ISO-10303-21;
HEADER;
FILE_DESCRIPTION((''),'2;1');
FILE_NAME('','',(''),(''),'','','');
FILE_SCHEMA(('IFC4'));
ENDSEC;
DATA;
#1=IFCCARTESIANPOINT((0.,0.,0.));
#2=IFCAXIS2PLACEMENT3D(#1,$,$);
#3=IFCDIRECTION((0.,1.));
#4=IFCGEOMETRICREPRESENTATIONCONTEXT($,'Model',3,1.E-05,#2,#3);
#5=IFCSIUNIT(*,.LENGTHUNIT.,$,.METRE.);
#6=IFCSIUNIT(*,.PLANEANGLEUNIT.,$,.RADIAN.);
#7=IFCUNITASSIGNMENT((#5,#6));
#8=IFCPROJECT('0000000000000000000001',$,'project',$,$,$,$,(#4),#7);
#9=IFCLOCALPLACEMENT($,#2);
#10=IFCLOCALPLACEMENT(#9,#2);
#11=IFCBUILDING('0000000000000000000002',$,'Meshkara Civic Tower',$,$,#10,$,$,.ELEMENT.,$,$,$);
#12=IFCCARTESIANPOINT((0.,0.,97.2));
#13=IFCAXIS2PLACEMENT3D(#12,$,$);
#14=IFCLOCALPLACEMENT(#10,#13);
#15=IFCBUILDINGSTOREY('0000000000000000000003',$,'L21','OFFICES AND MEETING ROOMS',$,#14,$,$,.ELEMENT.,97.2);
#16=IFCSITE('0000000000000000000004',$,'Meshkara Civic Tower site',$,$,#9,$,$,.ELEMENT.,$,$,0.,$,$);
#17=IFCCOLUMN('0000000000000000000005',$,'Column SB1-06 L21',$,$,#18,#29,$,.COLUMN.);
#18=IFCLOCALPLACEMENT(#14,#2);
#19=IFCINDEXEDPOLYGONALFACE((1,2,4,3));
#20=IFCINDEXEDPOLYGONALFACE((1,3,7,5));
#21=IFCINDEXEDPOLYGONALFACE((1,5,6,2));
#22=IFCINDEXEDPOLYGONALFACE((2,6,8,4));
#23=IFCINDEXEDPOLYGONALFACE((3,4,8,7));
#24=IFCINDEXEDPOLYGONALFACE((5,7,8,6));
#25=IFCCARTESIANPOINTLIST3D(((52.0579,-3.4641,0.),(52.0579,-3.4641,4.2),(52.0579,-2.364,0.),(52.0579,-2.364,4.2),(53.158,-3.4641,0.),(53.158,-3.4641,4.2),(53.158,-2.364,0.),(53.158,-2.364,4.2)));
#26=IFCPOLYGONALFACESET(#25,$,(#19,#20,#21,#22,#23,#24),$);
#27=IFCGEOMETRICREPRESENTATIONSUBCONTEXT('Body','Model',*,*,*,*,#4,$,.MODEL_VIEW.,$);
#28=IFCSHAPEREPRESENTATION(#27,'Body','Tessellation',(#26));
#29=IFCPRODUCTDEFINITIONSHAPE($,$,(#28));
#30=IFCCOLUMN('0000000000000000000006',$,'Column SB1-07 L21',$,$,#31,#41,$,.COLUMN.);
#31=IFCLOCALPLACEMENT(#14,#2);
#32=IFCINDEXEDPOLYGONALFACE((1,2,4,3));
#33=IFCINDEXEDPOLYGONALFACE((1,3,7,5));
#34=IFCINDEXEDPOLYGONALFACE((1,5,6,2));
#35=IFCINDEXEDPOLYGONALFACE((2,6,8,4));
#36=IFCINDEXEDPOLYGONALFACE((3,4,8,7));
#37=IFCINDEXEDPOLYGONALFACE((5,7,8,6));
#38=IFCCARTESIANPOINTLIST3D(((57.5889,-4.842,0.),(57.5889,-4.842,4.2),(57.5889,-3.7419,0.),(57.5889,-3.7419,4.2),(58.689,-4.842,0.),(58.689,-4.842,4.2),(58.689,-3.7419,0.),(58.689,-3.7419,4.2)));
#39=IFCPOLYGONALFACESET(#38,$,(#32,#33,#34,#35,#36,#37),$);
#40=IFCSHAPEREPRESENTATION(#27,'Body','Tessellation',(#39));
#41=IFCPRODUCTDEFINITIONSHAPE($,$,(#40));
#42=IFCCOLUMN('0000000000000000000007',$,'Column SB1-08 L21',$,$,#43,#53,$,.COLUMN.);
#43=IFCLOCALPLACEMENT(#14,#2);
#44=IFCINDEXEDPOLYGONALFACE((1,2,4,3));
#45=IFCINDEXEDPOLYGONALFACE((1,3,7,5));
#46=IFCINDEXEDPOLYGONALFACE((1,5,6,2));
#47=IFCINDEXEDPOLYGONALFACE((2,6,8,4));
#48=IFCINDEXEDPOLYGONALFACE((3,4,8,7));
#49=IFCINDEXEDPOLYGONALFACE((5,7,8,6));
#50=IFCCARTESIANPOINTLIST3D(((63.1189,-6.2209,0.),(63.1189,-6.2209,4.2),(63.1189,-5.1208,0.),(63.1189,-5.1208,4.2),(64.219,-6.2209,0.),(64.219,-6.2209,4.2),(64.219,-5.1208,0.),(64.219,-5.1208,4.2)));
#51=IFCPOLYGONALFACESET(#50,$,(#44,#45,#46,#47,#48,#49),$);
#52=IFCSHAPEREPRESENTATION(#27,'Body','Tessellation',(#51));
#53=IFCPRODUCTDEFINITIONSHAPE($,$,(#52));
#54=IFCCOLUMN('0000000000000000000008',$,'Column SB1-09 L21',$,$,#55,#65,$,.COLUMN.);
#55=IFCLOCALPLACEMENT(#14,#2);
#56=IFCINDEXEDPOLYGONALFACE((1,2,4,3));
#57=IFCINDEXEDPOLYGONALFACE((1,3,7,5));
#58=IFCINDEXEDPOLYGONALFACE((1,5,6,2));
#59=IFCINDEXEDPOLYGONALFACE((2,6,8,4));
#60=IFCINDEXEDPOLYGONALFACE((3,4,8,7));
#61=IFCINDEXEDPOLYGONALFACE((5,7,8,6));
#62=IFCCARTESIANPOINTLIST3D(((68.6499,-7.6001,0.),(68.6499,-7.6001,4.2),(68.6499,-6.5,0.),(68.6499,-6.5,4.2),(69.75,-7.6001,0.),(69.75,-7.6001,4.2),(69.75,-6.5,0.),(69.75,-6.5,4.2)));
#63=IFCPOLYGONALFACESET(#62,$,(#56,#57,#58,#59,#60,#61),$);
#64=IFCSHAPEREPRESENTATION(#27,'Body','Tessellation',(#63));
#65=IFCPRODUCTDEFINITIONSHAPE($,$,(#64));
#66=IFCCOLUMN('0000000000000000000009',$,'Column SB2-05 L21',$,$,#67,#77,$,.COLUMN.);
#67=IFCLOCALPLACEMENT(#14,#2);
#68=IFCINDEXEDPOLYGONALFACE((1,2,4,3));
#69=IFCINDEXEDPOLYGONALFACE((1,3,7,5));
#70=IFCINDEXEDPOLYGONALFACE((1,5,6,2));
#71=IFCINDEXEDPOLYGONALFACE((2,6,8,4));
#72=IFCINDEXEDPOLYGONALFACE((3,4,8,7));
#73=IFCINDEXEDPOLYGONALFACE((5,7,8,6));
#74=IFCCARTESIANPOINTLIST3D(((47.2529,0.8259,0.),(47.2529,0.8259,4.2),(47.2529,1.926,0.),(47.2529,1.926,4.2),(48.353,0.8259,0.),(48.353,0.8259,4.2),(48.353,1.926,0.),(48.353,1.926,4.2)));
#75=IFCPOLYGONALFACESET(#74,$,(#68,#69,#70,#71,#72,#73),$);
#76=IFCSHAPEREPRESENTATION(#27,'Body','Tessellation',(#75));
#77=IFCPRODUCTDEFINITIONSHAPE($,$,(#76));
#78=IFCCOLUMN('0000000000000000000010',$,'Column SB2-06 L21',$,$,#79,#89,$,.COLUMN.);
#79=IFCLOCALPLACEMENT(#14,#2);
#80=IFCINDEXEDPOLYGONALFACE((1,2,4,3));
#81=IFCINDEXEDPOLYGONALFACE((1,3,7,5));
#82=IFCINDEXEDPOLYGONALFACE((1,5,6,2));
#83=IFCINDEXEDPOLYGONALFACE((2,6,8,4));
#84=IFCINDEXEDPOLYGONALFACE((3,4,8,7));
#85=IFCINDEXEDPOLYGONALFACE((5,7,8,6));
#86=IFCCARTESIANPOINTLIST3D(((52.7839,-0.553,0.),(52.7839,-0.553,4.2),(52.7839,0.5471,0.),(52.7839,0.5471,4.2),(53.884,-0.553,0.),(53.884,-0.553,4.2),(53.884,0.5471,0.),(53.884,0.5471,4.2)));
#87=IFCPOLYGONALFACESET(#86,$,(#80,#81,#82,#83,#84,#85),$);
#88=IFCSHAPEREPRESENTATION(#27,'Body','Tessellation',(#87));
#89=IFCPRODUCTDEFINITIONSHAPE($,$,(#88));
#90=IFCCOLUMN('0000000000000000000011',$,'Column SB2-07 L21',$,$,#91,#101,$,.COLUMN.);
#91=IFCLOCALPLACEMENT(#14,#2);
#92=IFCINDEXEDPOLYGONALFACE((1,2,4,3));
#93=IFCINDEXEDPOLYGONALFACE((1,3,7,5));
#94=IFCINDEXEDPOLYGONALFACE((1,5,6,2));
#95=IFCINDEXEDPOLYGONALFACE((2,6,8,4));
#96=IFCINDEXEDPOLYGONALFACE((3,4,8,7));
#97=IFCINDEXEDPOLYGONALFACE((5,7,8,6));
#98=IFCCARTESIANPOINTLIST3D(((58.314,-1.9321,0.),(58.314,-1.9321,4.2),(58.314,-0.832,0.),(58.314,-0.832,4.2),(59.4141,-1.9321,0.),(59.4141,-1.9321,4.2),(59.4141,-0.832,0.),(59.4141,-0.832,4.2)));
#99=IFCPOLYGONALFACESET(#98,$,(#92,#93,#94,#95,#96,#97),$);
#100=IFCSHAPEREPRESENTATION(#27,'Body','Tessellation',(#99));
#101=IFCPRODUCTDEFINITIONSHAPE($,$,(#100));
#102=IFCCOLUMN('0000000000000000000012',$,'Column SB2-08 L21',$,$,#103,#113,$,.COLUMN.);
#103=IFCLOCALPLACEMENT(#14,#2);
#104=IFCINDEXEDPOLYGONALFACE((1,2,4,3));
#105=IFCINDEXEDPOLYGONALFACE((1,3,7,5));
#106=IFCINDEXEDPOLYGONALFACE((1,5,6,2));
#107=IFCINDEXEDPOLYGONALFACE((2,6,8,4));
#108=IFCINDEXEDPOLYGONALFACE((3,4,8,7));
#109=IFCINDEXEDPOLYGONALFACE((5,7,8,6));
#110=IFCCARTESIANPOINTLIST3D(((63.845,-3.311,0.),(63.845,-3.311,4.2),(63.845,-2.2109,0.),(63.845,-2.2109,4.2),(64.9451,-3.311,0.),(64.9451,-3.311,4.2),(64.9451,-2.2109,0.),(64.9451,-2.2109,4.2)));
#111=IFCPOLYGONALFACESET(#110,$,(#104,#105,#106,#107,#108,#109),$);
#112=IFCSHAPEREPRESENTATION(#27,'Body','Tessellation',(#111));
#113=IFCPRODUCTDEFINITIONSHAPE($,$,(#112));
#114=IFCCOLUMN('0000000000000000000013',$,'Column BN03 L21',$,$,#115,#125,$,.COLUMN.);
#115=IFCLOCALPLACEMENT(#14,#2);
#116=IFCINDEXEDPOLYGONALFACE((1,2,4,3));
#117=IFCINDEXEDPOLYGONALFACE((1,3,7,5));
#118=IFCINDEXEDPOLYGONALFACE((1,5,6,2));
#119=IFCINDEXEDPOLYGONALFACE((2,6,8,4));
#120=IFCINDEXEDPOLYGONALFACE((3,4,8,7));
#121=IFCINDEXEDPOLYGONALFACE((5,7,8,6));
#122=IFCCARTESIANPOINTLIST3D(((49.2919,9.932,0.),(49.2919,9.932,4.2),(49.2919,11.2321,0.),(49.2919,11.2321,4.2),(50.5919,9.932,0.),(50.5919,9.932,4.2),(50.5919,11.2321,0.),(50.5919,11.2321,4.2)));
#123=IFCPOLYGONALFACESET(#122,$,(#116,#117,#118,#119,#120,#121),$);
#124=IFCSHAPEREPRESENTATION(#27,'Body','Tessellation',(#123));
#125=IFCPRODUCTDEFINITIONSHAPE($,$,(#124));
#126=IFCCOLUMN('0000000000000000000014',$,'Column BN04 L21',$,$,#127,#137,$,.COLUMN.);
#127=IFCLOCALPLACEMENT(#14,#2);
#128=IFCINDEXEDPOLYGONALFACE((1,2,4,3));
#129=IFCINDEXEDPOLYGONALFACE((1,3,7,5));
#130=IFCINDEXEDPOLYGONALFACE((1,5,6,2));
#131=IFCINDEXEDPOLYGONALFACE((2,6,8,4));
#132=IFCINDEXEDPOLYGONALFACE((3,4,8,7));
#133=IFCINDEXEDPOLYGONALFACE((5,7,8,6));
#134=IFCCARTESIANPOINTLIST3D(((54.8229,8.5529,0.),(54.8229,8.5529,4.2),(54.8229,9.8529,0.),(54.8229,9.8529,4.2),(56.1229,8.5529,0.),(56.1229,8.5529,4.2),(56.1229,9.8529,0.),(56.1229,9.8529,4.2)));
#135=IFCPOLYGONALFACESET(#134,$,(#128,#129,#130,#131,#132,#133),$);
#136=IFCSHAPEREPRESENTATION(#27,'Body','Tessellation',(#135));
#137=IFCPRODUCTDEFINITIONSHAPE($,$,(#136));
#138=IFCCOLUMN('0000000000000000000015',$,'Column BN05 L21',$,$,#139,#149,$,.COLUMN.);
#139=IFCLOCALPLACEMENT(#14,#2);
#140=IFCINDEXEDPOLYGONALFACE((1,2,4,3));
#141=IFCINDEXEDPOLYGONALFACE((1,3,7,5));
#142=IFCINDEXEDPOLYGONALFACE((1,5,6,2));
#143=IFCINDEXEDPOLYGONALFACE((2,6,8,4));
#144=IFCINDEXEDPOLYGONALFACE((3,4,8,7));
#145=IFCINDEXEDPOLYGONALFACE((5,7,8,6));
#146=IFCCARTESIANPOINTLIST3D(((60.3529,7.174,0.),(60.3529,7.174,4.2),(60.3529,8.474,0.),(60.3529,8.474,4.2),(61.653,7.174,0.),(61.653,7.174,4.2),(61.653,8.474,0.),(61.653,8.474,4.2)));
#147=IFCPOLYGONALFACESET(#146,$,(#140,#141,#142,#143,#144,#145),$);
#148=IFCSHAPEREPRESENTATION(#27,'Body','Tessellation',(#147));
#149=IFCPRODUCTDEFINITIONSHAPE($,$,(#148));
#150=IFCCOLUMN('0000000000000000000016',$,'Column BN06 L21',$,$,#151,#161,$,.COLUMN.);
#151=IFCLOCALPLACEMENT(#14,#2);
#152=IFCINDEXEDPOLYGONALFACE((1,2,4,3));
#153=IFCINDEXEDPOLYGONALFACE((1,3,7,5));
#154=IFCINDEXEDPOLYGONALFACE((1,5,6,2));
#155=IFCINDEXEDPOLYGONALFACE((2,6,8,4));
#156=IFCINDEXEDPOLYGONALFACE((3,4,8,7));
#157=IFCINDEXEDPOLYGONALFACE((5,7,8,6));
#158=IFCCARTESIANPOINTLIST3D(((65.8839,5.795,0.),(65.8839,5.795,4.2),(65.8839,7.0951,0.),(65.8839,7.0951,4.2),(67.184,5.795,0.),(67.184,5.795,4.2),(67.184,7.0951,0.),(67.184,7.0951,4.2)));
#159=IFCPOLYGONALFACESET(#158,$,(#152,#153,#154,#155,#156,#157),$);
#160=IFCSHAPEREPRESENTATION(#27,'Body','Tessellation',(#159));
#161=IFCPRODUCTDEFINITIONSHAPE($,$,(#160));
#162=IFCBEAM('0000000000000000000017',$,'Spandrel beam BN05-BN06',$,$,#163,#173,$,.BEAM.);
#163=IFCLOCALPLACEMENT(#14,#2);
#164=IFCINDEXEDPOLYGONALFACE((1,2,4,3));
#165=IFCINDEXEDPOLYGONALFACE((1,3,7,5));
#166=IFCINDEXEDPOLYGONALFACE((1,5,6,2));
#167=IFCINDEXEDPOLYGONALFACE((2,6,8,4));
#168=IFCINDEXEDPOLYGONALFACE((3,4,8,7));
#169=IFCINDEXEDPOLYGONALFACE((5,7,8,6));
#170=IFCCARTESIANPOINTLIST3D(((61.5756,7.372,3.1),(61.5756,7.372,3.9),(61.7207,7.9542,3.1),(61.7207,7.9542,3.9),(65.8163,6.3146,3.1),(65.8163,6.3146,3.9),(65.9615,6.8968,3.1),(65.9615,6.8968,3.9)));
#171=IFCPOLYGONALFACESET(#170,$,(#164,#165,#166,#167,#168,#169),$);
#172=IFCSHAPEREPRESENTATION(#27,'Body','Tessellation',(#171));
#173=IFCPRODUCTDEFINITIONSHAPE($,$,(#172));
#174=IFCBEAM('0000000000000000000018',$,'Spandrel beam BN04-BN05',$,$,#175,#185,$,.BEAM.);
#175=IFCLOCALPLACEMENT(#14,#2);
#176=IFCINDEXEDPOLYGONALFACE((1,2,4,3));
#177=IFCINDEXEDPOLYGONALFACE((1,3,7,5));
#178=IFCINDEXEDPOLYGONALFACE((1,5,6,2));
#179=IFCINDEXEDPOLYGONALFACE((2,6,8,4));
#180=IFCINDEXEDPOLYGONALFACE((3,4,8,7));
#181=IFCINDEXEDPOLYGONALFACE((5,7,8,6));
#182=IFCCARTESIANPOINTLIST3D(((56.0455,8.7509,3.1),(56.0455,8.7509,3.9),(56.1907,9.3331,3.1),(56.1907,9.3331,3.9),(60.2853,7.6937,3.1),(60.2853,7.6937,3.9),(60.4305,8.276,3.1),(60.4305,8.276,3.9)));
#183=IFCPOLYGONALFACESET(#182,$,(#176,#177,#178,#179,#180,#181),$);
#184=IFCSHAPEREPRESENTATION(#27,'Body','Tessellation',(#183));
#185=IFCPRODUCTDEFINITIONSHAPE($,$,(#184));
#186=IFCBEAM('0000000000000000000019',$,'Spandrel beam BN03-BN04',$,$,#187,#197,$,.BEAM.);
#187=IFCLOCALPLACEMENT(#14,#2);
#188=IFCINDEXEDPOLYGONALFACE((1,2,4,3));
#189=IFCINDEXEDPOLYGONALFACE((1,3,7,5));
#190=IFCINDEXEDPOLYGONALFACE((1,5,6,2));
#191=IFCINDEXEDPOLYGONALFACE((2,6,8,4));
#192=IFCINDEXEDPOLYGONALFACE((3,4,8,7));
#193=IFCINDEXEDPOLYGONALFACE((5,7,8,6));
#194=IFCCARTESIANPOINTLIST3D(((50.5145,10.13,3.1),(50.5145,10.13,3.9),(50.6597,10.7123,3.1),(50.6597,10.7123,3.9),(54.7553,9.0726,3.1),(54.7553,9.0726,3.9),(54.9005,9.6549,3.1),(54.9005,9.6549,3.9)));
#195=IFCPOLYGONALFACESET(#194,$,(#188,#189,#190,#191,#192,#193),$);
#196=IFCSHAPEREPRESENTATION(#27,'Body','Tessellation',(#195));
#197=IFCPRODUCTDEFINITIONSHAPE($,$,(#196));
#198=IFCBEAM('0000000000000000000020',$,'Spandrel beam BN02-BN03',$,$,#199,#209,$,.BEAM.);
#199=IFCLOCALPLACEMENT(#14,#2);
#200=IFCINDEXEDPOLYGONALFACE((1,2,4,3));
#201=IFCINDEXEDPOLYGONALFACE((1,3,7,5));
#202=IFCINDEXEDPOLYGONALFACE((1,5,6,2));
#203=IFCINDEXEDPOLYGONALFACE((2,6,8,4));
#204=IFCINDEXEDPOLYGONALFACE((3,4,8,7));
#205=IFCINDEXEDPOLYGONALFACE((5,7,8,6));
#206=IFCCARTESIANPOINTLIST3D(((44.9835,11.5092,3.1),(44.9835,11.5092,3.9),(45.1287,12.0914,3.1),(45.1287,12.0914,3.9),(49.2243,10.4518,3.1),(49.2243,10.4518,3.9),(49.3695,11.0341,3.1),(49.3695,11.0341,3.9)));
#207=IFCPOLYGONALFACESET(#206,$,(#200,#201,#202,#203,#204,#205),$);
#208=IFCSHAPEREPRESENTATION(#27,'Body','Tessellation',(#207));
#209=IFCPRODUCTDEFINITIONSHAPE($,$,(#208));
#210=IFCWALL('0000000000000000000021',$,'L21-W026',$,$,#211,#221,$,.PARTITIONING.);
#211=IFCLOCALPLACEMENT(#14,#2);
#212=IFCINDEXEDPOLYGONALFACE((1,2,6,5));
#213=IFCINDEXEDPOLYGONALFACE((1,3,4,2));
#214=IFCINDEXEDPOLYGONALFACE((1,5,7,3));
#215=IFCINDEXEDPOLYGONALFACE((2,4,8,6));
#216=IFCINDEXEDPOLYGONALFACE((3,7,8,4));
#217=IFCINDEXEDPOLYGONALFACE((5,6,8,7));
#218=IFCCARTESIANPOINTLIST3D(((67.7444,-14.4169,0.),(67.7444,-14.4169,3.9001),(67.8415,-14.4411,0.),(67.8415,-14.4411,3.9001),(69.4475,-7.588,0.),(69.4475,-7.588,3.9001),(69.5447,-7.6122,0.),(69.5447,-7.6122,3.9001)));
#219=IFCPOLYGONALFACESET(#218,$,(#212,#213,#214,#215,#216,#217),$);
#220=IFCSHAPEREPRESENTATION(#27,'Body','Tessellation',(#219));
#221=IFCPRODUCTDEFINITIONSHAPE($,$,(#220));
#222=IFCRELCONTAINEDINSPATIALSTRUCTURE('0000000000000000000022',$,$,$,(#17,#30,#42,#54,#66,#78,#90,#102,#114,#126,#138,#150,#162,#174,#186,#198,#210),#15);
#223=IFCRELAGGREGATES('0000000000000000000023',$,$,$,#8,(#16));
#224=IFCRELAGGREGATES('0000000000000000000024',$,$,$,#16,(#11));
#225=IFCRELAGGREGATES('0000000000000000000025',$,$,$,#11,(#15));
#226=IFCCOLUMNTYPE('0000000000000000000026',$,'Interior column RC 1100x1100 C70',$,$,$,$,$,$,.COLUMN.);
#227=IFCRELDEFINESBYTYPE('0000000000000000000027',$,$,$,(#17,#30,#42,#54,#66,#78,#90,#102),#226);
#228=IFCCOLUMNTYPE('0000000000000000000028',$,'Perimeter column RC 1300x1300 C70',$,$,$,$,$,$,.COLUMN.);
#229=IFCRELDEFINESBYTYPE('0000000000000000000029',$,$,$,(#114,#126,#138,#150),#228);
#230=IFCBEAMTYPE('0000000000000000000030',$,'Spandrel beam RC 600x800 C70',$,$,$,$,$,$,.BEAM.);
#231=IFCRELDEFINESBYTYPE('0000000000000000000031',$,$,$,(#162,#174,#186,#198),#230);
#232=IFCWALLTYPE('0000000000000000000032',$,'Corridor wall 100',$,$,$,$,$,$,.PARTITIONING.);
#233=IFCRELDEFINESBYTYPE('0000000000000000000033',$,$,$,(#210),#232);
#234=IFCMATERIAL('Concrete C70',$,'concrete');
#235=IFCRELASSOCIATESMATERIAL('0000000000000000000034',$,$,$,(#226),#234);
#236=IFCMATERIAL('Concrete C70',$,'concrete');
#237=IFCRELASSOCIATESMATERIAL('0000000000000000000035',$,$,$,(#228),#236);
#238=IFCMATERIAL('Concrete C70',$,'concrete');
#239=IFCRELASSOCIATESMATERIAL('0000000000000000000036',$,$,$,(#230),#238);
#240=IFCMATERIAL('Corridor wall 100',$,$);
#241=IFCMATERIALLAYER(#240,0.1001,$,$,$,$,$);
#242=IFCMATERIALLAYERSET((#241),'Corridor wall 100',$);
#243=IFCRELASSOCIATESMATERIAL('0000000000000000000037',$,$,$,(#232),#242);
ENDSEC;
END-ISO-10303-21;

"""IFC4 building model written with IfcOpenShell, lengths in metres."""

from ifc_helpers import new_model, si_unit, direction, frame, frame_2d, origin, origin_2d, place, context, subcontext, project, spatial, rectangle, extrude, material, layer, layer_set, material_profile, profile_set, type_object, element, save


model = new_model("IFC4")

# Units and contexts
model_context = context("Model", 3, precision=1e-05, world=origin(), true_north=direction((0.0, 1.0)))
body_context = subcontext(model_context, "Body", "Model", "MODEL_VIEW")
ifc_project = project(units=[si_unit("LENGTHUNIT", "METRE"), si_unit("PLANEANGLEUNIT", "RADIAN")], contexts=[model_context])

# Site, building, storey
site_placement = place(None, origin())
site = spatial("IfcSite", under=ifc_project, at=site_placement, Name="Meshkara Civic Tower site", CompositionType="ELEMENT", RefElevation=0.0)
building_placement = place(site_placement, origin())
building = spatial("IfcBuilding", under=site, at=building_placement, Name="Meshkara Civic Tower", CompositionType="ELEMENT")
storey_placement = place(building_placement, frame((0.0, 0.0, 97.2)))
storey = spatial("IfcBuildingStorey", under=building, at=storey_placement, Name="L21", Description="OFFICES AND MEETING ROOMS", CompositionType="ELEMENT", Elevation=97.2)

# Columns
ifc_material_1 = material(Name="Concrete C70", Category="concrete")
ifc_material_profile_1 = material_profile(ifc_material_1, rectangle(XDim=1.1001, YDim=1.1001, at=origin_2d()))
ifc_profile_set_1 = profile_set([ifc_material_profile_1], Name="Concrete C70")
column_type_1 = type_object("IfcColumnType", Name="Interior column RC 1100x1100 C70", PredefinedType="COLUMN", material=ifc_profile_set_1)
for number, where, z_axis, x_axis, name in (
    (1, (52.6079, -2.9141, 0.0), (0.0, 0.0, 1.0), (1.0, 0.0, 0.0), "Column SB1-06 L21"),
    (2, (58.1389, -4.292, 0.0), (0.0, 0.0, 1.0), (1.0, 0.0, 0.0), "Column SB1-07 L21"),
    (3, (63.6689, -5.6709, 0.0), (0.0, 0.0, 1.0), (1.0, 0.0, 0.0), "Column SB1-08 L21"),
    (4, (69.2, -7.05, 0.0), (0.0, 0.0, 1.0), (1.0, 0.0, 0.0), "Column SB1-09 L21"),
    (5, (47.803, 1.376, 0.0), (0.0, 0.0, 1.0), (1.0, 0.0, 0.0), "Column SB2-05 L21"),
    (6, (53.334, -0.0029, 0.0), (0.0, 0.0, 1.0), (1.0, 0.0, 0.0), "Column SB2-06 L21"),
    (7, (58.864, -1.3821, 0.0), (0.0, 0.0, 1.0), (1.0, 0.0, 0.0), "Column SB2-07 L21"),
    (8, (64.395, -2.761, 0.0), (0.0, 0.0, 1.0), (1.0, 0.0, 0.0), "Column SB2-08 L21"),
):
    element("IfcColumn", number, at=place(storey_placement, frame(where, z_axis=z_axis, x_axis=x_axis)), inside=storey, type_object=column_type_1, Name=name, PredefinedType="COLUMN", context=body_context, shape_type="SweptSolid", body=[
        extrude(rectangle(XDim=1.1001, YDim=1.1001, at=origin_2d()), origin(), (0.0, 0.0, 1.0), 4.2),
    ])
ifc_material_2 = material(Name="Concrete C70", Category="concrete")
ifc_material_profile_2 = material_profile(ifc_material_2, rectangle(XDim=1.3, YDim=1.3, at=origin_2d()))
ifc_profile_set_2 = profile_set([ifc_material_profile_2], Name="Concrete C70")
column_type_2 = type_object("IfcColumnType", Name="Perimeter column RC 1300x1300 C70", PredefinedType="COLUMN", material=ifc_profile_set_2)
for number, where, z_axis, x_axis, name in (
    (9, (49.9419, 10.582, 0.0), (0.0, 0.0, 1.0), (1.0, 0.0, 0.0), "Column BN03 L21"),
    (10, (55.4729, 9.2029, 0.0), (0.0, 0.0, 1.0), (1.0, 0.0, 0.0), "Column BN04 L21"),
    (11, (61.0029, 7.824, 0.0), (0.0, 0.0, 1.0), (1.0, 0.0, 0.0), "Column BN05 L21"),
    (12, (66.5339, 6.4451, 0.0), (0.0, 0.0, 1.0), (1.0, 0.0, 0.0), "Column BN06 L21"),
):
    element("IfcColumn", number, at=place(storey_placement, frame(where, z_axis=z_axis, x_axis=x_axis)), inside=storey, type_object=column_type_2, Name=name, PredefinedType="COLUMN", context=body_context, shape_type="SweptSolid", body=[
        extrude(rectangle(XDim=1.3, YDim=1.3, at=origin_2d()), origin(), (0.0, 0.0, 1.0), 4.2),
    ])

# Beams
ifc_material_3 = material(Name="Concrete C70", Category="concrete")
ifc_material_profile_3 = material_profile(ifc_material_3, rectangle(XDim=0.6001, YDim=0.8, at=origin_2d()))
ifc_profile_set_3 = profile_set([ifc_material_profile_3], Name="Concrete C70")
beam_type = type_object("IfcBeamType", Name="Spandrel beam RC 600x800 C70", PredefinedType="BEAM", material=ifc_profile_set_3)
beam_1_placement = place(storey_placement, frame((65.8889, 6.6057, 3.5), z_axis=(-0.970293, 0.241931, 0.0), x_axis=(-0.241931, -0.970293, 0.0)))
element("IfcBeam", 13, at=beam_1_placement, inside=storey, type_object=beam_type, Name="Spandrel beam BN05-BN06", PredefinedType="BEAM", context=body_context, shape_type="SweptSolid", body=[
    extrude(rectangle(XDim=0.6001, YDim=0.8, at=origin_2d()), origin(), (0.0, 0.0, 1.0), 4.3706),
])
beam_2_placement = place(storey_placement, frame((60.3579, 7.9849, 3.5), z_axis=(-0.970293, 0.241931, 0.0), x_axis=(-0.241931, -0.970293, 0.0)))
element("IfcBeam", 14, at=beam_2_placement, inside=storey, type_object=beam_type, Name="Spandrel beam BN04-BN05", PredefinedType="BEAM", context=body_context, shape_type="SweptSolid", body=[
    extrude(rectangle(XDim=0.6001, YDim=0.8, at=origin_2d()), origin(), (0.0, 0.0, 1.0), 4.3696),
])
for number, where, z_axis, x_axis, name in (
    (15, (54.8279, 9.3638, 3.5), (-0.970293, 0.241931, 0.0), (-0.241931, -0.970293, 0.0), "Spandrel beam BN03-BN04"),
    (16, (49.2969, 10.7429, 3.5), (-0.970293, 0.241931, 0.0), (-0.241931, -0.970293, 0.0), "Spandrel beam BN02-BN03"),
):
    element("IfcBeam", number, at=place(storey_placement, frame(where, z_axis=z_axis, x_axis=x_axis)), inside=storey, type_object=beam_type, Name=name, PredefinedType="BEAM", context=body_context, shape_type="SweptSolid", body=[
        extrude(rectangle(XDim=0.6001, YDim=0.8, at=origin_2d()), origin(), (0.0, 0.0, 1.0), 4.3706),
    ])

# Wall
ifc_material_4 = material(Name="Corridor wall 100")
ifc_layer_1 = layer(ifc_material_4, 0.1001)
ifc_layer_set_1 = layer_set([ifc_layer_1], Name="Corridor wall 100")
wall_type_1 = type_object("IfcWallType", Name="Corridor wall 100", PredefinedType="PARTITIONING", material=ifc_layer_set_1)
wall_1_placement = place(storey_placement, frame((69.4961, -7.6001, 0.0), z_axis=(0.0, 0.0, 1.0), x_axis=(-0.241989, -0.970279, 0.0)))
element("IfcWall", 17, at=wall_1_placement, inside=storey, type_object=wall_type_1, Name="L21-W026", PredefinedType="PARTITIONING", context=body_context, shape_type="SweptSolid", body=[
    extrude(rectangle(XDim=7.0381, YDim=0.1001, at=frame_2d((3.519, 0.0))), origin(), (0.0, 0.0, 1.0), 3.9001),
])

save(model, "model.ifc")
